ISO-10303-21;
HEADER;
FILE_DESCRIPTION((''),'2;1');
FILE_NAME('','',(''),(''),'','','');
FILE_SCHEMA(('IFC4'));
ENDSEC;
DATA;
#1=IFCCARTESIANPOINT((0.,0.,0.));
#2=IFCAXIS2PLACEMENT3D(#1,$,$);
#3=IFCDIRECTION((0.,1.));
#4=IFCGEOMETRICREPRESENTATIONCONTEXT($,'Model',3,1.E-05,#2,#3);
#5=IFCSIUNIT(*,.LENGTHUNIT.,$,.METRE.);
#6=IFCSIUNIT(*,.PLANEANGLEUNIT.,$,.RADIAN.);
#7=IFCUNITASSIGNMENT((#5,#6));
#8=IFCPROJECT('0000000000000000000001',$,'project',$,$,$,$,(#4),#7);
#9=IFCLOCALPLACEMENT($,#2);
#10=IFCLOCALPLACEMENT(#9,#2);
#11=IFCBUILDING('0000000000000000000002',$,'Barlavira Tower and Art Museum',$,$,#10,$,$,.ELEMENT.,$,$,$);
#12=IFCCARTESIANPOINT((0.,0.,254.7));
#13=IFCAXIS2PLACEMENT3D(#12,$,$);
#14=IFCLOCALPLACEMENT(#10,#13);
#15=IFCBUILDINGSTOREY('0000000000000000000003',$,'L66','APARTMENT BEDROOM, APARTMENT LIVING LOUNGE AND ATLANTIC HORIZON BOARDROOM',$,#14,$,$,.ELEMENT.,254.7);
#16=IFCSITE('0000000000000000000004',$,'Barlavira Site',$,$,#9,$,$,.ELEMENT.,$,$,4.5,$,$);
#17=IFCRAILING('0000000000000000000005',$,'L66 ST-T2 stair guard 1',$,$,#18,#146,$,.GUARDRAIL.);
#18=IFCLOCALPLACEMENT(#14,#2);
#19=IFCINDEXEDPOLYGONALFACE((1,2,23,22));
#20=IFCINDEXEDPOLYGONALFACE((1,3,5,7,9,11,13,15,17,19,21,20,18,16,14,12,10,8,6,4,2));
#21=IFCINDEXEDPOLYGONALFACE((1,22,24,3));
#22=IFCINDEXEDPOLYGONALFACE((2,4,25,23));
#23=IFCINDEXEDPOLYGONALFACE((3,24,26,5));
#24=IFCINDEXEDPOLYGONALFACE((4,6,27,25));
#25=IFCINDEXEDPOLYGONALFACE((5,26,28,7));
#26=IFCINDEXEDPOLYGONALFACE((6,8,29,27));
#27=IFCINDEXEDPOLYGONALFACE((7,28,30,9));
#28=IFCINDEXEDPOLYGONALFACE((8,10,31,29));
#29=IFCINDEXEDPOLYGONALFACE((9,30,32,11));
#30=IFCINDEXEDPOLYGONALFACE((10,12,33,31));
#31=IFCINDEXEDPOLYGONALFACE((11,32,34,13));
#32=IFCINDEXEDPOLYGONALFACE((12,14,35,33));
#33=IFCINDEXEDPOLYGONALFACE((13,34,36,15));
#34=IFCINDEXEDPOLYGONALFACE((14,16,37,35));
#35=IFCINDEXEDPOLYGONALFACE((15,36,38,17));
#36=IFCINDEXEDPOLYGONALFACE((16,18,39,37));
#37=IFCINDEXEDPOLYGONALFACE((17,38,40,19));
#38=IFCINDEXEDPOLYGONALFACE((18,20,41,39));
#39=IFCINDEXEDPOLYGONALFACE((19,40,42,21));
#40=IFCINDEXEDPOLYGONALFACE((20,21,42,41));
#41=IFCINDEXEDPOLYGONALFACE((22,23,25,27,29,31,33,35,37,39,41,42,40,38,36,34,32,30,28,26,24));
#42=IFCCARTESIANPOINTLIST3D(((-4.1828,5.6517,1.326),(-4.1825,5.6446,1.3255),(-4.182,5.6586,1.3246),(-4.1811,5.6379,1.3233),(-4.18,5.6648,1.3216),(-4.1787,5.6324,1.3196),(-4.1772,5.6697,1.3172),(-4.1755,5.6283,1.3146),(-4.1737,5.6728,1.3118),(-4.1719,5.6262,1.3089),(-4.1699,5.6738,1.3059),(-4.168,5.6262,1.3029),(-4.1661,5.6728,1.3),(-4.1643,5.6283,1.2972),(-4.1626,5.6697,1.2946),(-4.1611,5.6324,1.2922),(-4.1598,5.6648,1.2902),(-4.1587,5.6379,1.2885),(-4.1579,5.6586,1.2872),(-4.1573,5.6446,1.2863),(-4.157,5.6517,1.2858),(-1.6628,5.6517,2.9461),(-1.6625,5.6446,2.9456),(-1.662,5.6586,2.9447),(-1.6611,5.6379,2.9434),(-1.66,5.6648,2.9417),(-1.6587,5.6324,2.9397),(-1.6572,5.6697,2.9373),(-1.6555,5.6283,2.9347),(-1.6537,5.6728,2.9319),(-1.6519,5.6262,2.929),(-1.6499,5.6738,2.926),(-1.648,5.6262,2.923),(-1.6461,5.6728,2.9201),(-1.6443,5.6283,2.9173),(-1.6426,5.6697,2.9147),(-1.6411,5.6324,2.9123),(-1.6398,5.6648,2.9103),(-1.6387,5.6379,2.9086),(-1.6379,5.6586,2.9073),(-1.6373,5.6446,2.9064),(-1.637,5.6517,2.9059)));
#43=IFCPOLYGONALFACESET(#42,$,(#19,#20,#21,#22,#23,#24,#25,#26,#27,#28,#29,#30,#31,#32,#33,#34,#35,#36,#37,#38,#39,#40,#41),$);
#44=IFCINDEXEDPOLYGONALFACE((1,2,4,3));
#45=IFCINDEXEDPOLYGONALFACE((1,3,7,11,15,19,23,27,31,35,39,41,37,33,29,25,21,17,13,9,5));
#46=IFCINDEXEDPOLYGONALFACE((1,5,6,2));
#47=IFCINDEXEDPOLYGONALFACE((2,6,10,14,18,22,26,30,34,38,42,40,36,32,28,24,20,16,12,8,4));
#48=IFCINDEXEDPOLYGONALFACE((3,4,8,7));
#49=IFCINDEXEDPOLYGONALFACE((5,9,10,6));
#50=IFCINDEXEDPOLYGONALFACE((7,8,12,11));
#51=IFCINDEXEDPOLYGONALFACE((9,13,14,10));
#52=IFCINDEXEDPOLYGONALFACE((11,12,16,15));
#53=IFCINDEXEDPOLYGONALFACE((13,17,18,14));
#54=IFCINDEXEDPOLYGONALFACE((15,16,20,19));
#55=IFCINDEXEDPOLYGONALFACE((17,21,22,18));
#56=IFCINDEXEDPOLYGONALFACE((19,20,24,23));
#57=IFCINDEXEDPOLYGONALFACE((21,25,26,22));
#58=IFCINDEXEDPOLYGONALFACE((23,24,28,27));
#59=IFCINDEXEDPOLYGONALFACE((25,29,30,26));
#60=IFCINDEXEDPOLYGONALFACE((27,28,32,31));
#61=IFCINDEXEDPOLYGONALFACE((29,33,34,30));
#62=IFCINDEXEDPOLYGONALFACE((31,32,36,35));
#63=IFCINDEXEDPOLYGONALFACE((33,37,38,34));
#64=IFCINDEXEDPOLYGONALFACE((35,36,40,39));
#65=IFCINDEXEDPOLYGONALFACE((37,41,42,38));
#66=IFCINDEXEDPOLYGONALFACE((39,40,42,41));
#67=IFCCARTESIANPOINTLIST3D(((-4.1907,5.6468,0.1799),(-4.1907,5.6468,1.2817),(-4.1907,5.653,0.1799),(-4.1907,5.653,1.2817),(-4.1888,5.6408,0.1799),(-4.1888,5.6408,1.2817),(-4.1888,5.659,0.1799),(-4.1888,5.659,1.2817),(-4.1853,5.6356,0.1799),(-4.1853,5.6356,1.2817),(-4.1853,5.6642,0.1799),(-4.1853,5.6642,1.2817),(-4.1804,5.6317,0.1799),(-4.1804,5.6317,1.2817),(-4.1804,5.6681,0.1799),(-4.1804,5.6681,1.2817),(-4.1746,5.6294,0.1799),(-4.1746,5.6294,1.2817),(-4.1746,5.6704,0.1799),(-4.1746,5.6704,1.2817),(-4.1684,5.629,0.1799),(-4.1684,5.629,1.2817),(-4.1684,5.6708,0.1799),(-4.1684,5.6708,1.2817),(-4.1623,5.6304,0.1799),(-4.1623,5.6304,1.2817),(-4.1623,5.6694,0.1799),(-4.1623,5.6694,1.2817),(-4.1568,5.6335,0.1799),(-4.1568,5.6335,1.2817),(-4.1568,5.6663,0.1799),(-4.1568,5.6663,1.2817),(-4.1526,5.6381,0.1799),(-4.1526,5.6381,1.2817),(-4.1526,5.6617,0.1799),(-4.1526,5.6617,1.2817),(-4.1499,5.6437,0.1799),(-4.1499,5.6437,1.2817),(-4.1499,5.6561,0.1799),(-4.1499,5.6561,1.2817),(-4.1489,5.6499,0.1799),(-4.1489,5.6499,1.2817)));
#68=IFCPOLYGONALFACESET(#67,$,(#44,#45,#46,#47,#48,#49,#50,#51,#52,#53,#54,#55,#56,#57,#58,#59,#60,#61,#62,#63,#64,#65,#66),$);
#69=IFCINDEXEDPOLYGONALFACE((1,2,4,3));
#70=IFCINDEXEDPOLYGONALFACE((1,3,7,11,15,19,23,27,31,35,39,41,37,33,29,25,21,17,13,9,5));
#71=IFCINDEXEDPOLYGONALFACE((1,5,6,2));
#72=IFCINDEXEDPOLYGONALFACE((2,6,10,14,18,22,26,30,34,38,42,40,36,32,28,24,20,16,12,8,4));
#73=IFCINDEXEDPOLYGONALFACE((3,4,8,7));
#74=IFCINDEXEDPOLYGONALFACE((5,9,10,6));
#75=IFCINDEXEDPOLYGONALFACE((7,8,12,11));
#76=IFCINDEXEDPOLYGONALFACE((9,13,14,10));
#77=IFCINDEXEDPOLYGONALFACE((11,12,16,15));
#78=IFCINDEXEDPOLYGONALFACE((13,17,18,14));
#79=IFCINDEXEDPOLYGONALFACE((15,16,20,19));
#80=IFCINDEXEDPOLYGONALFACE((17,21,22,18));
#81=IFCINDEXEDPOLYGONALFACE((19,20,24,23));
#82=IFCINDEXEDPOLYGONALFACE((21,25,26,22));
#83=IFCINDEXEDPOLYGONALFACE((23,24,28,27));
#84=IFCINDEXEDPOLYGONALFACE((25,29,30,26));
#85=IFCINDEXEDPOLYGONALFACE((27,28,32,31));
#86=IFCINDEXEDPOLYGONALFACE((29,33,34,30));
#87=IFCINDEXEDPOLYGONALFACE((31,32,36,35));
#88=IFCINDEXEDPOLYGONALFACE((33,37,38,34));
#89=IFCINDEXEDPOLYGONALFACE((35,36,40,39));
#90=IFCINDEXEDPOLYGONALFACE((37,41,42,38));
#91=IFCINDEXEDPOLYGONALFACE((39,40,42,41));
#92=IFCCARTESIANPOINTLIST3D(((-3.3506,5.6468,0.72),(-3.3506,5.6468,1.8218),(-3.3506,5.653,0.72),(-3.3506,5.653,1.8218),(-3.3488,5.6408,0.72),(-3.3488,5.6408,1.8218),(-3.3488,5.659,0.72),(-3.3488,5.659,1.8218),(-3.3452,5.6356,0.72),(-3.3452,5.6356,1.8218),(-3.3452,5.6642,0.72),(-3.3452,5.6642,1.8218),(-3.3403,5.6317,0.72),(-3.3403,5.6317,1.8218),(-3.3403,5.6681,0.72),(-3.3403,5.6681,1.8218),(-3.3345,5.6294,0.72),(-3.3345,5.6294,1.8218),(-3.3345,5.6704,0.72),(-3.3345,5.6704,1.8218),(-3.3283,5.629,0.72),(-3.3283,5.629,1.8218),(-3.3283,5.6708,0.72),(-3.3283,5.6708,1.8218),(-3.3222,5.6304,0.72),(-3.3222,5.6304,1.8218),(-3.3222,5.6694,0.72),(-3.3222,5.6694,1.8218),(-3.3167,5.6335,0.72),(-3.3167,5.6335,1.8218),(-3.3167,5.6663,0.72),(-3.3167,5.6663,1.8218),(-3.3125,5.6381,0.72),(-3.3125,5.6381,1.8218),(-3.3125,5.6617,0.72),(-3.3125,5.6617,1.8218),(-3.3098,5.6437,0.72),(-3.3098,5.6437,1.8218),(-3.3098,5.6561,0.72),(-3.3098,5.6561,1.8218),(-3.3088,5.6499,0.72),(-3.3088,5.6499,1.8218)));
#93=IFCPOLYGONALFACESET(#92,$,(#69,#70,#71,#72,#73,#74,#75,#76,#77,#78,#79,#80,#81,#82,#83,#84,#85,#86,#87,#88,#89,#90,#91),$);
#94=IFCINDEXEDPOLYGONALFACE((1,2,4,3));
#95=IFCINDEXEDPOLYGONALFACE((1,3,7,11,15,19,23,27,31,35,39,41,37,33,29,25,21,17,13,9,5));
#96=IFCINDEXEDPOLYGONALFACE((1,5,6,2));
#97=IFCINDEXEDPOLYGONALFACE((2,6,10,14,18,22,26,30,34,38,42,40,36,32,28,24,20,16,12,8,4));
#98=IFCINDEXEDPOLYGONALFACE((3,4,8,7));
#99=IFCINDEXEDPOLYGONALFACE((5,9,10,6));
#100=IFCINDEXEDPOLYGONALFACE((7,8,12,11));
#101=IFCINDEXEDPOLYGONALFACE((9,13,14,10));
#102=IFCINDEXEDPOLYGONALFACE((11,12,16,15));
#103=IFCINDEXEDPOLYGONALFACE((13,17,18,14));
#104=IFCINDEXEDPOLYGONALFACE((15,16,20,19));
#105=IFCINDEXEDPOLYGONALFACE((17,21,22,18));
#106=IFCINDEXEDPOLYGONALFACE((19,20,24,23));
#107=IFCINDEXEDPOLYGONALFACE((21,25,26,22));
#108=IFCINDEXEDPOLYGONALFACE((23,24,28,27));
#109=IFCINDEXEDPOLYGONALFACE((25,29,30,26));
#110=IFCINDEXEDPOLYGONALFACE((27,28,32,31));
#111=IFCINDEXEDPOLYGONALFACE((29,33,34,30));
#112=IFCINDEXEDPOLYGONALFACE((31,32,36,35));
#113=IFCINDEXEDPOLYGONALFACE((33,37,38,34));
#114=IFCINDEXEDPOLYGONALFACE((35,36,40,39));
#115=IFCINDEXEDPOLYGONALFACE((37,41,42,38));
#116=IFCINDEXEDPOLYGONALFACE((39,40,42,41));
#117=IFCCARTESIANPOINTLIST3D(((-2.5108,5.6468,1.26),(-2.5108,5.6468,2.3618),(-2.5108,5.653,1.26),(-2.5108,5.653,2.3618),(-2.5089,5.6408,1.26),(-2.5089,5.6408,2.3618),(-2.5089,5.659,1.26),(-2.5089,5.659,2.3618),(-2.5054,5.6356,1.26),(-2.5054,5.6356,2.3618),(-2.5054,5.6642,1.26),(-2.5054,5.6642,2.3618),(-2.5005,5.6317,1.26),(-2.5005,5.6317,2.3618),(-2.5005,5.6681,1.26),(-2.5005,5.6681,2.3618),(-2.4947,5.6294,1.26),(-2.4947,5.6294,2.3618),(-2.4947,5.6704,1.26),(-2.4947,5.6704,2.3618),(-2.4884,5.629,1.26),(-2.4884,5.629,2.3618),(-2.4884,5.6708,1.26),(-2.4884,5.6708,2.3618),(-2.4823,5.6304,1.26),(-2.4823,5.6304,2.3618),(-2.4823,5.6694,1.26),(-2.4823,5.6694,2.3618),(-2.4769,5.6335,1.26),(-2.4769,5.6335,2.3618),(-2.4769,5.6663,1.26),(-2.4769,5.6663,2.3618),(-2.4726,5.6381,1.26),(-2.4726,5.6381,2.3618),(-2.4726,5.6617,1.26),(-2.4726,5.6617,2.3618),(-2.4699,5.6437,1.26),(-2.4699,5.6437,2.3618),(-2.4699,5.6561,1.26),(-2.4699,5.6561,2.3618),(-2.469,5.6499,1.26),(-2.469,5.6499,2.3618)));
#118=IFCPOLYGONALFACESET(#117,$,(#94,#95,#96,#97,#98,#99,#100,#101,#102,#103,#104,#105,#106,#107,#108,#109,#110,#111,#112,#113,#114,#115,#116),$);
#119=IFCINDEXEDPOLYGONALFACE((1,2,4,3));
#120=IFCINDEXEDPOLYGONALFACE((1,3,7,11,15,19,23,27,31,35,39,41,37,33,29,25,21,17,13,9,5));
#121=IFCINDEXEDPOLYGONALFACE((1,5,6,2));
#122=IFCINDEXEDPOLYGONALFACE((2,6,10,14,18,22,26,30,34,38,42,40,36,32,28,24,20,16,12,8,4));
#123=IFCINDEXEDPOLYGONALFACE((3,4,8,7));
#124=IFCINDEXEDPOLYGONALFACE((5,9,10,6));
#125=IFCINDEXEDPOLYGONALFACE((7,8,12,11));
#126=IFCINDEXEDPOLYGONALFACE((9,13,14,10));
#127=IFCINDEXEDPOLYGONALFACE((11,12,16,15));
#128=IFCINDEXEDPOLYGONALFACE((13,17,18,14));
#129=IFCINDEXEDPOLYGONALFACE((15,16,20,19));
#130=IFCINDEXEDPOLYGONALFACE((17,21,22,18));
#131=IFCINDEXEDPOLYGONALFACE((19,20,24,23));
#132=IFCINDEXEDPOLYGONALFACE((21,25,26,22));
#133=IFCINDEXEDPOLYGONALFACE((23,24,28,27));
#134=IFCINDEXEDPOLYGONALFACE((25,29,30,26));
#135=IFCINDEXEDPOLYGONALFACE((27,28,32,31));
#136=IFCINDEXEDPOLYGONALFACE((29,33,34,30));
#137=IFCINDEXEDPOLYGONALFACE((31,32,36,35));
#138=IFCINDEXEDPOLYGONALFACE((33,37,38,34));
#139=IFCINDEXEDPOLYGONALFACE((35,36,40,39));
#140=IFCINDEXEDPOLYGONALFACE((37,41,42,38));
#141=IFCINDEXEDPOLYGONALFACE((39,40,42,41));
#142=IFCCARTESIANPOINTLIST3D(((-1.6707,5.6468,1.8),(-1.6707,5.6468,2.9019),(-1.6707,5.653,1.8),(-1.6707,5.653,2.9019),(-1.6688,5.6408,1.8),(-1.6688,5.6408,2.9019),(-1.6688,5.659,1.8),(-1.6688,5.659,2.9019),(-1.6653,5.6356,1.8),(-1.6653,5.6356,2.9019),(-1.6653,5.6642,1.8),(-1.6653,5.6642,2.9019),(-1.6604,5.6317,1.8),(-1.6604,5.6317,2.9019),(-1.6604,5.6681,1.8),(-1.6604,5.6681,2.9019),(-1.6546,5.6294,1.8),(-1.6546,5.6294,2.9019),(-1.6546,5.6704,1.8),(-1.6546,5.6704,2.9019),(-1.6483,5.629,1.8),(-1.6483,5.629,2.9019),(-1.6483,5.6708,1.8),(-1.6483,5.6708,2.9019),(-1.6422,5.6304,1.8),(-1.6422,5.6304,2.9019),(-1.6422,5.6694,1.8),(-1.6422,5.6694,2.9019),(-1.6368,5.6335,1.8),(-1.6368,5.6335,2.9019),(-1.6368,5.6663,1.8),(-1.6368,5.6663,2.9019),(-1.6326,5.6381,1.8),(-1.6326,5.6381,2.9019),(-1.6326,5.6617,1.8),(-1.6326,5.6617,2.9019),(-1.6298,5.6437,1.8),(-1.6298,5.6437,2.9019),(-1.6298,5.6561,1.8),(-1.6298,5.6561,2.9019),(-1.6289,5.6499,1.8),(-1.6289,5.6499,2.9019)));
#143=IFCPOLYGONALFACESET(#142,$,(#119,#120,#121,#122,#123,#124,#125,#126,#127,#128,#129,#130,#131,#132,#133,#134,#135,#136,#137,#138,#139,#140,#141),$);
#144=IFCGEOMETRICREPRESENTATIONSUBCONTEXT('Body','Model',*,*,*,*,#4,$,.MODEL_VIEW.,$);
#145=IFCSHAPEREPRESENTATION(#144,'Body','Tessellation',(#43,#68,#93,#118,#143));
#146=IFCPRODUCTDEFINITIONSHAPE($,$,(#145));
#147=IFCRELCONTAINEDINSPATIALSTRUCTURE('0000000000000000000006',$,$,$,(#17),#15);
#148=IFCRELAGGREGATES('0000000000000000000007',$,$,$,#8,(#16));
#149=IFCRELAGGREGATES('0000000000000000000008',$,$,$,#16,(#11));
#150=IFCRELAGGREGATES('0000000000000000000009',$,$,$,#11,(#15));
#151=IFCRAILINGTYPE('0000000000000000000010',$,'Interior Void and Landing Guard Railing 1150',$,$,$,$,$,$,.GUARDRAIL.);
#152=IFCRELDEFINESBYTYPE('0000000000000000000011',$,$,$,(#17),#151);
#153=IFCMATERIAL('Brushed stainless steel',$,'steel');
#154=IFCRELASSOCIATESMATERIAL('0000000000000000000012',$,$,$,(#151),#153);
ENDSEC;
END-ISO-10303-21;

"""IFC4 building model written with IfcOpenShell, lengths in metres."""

from ifc_helpers import new_model, si_unit, direction, frame, origin, origin_2d, place, context, subcontext, project, spatial, circle, extrude, material, type_object, element, save


model = new_model("IFC4")

# Units and contexts
model_context = context("Model", 3, precision=1e-05, world=origin(), true_north=direction((0.0, 1.0)))
body_context = subcontext(model_context, "Body", "Model", "MODEL_VIEW")
ifc_project = project(units=[si_unit("LENGTHUNIT", "METRE"), si_unit("PLANEANGLEUNIT", "RADIAN")], contexts=[model_context])

# Site, building, storey
site_placement = place(None, origin())
site = spatial("IfcSite", under=ifc_project, at=site_placement, Name="Barlavira Site", CompositionType="ELEMENT", RefElevation=4.5)
building_placement = place(site_placement, origin())
building = spatial("IfcBuilding", under=site, at=building_placement, Name="Barlavira Tower and Art Museum", CompositionType="ELEMENT")
storey_placement = place(building_placement, frame((0.0, 0.0, 254.7)))
storey = spatial("IfcBuildingStorey", under=building, at=storey_placement, Name="L66", Description="APARTMENT BEDROOM, APARTMENT LIVING LOUNGE AND ATLANTIC HORIZON BOARDROOM", CompositionType="ELEMENT", Elevation=254.7)

# Shared definitions
ifc_material_1 = material(Name="Brushed stainless steel", Category="steel")

# Railing
railing_type_1 = type_object("IfcRailingType", Name="Interior Void and Landing Guard Railing 1150", PredefinedType="GUARDRAIL", material=ifc_material_1)
railing_1_placement = place(storey_placement, frame((-4.1699, 5.6499, 0.1799)))
element("IfcRailing", 1, at=railing_1_placement, inside=storey, type_object=railing_type_1, Name="L66 ST-T2 stair guard 1", PredefinedType="GUARDRAIL", context=body_context, shape_type="SweptSolid", body=[
    extrude(circle(Radius=0.0239, at=origin_2d()), frame((0.0, 0.0, 1.126), z_axis=(0.841163, 0.0, 0.540782), x_axis=(0.0, 1.0, 0.0)), (0.0, 0.0, 1.0), 2.9958),
    extrude(circle(Radius=0.021, at=origin_2d()), origin(), (0.0, 0.0, 1.0), 1.1018),
    extrude(circle(Radius=0.021, at=origin_2d()), frame((0.8401, 0.0, 0.54)), (0.0, 0.0, 1.0), 1.1018),
    extrude(circle(Radius=0.021, at=origin_2d()), frame((1.6799, 0.0, 1.0801)), (0.0, 0.0, 1.0), 1.1018),
    extrude(circle(Radius=0.021, at=origin_2d()), frame((2.52, 0.0, 1.6201)), (0.0, 0.0, 1.0), 1.1018),
])

save(model, "model.ifc")
